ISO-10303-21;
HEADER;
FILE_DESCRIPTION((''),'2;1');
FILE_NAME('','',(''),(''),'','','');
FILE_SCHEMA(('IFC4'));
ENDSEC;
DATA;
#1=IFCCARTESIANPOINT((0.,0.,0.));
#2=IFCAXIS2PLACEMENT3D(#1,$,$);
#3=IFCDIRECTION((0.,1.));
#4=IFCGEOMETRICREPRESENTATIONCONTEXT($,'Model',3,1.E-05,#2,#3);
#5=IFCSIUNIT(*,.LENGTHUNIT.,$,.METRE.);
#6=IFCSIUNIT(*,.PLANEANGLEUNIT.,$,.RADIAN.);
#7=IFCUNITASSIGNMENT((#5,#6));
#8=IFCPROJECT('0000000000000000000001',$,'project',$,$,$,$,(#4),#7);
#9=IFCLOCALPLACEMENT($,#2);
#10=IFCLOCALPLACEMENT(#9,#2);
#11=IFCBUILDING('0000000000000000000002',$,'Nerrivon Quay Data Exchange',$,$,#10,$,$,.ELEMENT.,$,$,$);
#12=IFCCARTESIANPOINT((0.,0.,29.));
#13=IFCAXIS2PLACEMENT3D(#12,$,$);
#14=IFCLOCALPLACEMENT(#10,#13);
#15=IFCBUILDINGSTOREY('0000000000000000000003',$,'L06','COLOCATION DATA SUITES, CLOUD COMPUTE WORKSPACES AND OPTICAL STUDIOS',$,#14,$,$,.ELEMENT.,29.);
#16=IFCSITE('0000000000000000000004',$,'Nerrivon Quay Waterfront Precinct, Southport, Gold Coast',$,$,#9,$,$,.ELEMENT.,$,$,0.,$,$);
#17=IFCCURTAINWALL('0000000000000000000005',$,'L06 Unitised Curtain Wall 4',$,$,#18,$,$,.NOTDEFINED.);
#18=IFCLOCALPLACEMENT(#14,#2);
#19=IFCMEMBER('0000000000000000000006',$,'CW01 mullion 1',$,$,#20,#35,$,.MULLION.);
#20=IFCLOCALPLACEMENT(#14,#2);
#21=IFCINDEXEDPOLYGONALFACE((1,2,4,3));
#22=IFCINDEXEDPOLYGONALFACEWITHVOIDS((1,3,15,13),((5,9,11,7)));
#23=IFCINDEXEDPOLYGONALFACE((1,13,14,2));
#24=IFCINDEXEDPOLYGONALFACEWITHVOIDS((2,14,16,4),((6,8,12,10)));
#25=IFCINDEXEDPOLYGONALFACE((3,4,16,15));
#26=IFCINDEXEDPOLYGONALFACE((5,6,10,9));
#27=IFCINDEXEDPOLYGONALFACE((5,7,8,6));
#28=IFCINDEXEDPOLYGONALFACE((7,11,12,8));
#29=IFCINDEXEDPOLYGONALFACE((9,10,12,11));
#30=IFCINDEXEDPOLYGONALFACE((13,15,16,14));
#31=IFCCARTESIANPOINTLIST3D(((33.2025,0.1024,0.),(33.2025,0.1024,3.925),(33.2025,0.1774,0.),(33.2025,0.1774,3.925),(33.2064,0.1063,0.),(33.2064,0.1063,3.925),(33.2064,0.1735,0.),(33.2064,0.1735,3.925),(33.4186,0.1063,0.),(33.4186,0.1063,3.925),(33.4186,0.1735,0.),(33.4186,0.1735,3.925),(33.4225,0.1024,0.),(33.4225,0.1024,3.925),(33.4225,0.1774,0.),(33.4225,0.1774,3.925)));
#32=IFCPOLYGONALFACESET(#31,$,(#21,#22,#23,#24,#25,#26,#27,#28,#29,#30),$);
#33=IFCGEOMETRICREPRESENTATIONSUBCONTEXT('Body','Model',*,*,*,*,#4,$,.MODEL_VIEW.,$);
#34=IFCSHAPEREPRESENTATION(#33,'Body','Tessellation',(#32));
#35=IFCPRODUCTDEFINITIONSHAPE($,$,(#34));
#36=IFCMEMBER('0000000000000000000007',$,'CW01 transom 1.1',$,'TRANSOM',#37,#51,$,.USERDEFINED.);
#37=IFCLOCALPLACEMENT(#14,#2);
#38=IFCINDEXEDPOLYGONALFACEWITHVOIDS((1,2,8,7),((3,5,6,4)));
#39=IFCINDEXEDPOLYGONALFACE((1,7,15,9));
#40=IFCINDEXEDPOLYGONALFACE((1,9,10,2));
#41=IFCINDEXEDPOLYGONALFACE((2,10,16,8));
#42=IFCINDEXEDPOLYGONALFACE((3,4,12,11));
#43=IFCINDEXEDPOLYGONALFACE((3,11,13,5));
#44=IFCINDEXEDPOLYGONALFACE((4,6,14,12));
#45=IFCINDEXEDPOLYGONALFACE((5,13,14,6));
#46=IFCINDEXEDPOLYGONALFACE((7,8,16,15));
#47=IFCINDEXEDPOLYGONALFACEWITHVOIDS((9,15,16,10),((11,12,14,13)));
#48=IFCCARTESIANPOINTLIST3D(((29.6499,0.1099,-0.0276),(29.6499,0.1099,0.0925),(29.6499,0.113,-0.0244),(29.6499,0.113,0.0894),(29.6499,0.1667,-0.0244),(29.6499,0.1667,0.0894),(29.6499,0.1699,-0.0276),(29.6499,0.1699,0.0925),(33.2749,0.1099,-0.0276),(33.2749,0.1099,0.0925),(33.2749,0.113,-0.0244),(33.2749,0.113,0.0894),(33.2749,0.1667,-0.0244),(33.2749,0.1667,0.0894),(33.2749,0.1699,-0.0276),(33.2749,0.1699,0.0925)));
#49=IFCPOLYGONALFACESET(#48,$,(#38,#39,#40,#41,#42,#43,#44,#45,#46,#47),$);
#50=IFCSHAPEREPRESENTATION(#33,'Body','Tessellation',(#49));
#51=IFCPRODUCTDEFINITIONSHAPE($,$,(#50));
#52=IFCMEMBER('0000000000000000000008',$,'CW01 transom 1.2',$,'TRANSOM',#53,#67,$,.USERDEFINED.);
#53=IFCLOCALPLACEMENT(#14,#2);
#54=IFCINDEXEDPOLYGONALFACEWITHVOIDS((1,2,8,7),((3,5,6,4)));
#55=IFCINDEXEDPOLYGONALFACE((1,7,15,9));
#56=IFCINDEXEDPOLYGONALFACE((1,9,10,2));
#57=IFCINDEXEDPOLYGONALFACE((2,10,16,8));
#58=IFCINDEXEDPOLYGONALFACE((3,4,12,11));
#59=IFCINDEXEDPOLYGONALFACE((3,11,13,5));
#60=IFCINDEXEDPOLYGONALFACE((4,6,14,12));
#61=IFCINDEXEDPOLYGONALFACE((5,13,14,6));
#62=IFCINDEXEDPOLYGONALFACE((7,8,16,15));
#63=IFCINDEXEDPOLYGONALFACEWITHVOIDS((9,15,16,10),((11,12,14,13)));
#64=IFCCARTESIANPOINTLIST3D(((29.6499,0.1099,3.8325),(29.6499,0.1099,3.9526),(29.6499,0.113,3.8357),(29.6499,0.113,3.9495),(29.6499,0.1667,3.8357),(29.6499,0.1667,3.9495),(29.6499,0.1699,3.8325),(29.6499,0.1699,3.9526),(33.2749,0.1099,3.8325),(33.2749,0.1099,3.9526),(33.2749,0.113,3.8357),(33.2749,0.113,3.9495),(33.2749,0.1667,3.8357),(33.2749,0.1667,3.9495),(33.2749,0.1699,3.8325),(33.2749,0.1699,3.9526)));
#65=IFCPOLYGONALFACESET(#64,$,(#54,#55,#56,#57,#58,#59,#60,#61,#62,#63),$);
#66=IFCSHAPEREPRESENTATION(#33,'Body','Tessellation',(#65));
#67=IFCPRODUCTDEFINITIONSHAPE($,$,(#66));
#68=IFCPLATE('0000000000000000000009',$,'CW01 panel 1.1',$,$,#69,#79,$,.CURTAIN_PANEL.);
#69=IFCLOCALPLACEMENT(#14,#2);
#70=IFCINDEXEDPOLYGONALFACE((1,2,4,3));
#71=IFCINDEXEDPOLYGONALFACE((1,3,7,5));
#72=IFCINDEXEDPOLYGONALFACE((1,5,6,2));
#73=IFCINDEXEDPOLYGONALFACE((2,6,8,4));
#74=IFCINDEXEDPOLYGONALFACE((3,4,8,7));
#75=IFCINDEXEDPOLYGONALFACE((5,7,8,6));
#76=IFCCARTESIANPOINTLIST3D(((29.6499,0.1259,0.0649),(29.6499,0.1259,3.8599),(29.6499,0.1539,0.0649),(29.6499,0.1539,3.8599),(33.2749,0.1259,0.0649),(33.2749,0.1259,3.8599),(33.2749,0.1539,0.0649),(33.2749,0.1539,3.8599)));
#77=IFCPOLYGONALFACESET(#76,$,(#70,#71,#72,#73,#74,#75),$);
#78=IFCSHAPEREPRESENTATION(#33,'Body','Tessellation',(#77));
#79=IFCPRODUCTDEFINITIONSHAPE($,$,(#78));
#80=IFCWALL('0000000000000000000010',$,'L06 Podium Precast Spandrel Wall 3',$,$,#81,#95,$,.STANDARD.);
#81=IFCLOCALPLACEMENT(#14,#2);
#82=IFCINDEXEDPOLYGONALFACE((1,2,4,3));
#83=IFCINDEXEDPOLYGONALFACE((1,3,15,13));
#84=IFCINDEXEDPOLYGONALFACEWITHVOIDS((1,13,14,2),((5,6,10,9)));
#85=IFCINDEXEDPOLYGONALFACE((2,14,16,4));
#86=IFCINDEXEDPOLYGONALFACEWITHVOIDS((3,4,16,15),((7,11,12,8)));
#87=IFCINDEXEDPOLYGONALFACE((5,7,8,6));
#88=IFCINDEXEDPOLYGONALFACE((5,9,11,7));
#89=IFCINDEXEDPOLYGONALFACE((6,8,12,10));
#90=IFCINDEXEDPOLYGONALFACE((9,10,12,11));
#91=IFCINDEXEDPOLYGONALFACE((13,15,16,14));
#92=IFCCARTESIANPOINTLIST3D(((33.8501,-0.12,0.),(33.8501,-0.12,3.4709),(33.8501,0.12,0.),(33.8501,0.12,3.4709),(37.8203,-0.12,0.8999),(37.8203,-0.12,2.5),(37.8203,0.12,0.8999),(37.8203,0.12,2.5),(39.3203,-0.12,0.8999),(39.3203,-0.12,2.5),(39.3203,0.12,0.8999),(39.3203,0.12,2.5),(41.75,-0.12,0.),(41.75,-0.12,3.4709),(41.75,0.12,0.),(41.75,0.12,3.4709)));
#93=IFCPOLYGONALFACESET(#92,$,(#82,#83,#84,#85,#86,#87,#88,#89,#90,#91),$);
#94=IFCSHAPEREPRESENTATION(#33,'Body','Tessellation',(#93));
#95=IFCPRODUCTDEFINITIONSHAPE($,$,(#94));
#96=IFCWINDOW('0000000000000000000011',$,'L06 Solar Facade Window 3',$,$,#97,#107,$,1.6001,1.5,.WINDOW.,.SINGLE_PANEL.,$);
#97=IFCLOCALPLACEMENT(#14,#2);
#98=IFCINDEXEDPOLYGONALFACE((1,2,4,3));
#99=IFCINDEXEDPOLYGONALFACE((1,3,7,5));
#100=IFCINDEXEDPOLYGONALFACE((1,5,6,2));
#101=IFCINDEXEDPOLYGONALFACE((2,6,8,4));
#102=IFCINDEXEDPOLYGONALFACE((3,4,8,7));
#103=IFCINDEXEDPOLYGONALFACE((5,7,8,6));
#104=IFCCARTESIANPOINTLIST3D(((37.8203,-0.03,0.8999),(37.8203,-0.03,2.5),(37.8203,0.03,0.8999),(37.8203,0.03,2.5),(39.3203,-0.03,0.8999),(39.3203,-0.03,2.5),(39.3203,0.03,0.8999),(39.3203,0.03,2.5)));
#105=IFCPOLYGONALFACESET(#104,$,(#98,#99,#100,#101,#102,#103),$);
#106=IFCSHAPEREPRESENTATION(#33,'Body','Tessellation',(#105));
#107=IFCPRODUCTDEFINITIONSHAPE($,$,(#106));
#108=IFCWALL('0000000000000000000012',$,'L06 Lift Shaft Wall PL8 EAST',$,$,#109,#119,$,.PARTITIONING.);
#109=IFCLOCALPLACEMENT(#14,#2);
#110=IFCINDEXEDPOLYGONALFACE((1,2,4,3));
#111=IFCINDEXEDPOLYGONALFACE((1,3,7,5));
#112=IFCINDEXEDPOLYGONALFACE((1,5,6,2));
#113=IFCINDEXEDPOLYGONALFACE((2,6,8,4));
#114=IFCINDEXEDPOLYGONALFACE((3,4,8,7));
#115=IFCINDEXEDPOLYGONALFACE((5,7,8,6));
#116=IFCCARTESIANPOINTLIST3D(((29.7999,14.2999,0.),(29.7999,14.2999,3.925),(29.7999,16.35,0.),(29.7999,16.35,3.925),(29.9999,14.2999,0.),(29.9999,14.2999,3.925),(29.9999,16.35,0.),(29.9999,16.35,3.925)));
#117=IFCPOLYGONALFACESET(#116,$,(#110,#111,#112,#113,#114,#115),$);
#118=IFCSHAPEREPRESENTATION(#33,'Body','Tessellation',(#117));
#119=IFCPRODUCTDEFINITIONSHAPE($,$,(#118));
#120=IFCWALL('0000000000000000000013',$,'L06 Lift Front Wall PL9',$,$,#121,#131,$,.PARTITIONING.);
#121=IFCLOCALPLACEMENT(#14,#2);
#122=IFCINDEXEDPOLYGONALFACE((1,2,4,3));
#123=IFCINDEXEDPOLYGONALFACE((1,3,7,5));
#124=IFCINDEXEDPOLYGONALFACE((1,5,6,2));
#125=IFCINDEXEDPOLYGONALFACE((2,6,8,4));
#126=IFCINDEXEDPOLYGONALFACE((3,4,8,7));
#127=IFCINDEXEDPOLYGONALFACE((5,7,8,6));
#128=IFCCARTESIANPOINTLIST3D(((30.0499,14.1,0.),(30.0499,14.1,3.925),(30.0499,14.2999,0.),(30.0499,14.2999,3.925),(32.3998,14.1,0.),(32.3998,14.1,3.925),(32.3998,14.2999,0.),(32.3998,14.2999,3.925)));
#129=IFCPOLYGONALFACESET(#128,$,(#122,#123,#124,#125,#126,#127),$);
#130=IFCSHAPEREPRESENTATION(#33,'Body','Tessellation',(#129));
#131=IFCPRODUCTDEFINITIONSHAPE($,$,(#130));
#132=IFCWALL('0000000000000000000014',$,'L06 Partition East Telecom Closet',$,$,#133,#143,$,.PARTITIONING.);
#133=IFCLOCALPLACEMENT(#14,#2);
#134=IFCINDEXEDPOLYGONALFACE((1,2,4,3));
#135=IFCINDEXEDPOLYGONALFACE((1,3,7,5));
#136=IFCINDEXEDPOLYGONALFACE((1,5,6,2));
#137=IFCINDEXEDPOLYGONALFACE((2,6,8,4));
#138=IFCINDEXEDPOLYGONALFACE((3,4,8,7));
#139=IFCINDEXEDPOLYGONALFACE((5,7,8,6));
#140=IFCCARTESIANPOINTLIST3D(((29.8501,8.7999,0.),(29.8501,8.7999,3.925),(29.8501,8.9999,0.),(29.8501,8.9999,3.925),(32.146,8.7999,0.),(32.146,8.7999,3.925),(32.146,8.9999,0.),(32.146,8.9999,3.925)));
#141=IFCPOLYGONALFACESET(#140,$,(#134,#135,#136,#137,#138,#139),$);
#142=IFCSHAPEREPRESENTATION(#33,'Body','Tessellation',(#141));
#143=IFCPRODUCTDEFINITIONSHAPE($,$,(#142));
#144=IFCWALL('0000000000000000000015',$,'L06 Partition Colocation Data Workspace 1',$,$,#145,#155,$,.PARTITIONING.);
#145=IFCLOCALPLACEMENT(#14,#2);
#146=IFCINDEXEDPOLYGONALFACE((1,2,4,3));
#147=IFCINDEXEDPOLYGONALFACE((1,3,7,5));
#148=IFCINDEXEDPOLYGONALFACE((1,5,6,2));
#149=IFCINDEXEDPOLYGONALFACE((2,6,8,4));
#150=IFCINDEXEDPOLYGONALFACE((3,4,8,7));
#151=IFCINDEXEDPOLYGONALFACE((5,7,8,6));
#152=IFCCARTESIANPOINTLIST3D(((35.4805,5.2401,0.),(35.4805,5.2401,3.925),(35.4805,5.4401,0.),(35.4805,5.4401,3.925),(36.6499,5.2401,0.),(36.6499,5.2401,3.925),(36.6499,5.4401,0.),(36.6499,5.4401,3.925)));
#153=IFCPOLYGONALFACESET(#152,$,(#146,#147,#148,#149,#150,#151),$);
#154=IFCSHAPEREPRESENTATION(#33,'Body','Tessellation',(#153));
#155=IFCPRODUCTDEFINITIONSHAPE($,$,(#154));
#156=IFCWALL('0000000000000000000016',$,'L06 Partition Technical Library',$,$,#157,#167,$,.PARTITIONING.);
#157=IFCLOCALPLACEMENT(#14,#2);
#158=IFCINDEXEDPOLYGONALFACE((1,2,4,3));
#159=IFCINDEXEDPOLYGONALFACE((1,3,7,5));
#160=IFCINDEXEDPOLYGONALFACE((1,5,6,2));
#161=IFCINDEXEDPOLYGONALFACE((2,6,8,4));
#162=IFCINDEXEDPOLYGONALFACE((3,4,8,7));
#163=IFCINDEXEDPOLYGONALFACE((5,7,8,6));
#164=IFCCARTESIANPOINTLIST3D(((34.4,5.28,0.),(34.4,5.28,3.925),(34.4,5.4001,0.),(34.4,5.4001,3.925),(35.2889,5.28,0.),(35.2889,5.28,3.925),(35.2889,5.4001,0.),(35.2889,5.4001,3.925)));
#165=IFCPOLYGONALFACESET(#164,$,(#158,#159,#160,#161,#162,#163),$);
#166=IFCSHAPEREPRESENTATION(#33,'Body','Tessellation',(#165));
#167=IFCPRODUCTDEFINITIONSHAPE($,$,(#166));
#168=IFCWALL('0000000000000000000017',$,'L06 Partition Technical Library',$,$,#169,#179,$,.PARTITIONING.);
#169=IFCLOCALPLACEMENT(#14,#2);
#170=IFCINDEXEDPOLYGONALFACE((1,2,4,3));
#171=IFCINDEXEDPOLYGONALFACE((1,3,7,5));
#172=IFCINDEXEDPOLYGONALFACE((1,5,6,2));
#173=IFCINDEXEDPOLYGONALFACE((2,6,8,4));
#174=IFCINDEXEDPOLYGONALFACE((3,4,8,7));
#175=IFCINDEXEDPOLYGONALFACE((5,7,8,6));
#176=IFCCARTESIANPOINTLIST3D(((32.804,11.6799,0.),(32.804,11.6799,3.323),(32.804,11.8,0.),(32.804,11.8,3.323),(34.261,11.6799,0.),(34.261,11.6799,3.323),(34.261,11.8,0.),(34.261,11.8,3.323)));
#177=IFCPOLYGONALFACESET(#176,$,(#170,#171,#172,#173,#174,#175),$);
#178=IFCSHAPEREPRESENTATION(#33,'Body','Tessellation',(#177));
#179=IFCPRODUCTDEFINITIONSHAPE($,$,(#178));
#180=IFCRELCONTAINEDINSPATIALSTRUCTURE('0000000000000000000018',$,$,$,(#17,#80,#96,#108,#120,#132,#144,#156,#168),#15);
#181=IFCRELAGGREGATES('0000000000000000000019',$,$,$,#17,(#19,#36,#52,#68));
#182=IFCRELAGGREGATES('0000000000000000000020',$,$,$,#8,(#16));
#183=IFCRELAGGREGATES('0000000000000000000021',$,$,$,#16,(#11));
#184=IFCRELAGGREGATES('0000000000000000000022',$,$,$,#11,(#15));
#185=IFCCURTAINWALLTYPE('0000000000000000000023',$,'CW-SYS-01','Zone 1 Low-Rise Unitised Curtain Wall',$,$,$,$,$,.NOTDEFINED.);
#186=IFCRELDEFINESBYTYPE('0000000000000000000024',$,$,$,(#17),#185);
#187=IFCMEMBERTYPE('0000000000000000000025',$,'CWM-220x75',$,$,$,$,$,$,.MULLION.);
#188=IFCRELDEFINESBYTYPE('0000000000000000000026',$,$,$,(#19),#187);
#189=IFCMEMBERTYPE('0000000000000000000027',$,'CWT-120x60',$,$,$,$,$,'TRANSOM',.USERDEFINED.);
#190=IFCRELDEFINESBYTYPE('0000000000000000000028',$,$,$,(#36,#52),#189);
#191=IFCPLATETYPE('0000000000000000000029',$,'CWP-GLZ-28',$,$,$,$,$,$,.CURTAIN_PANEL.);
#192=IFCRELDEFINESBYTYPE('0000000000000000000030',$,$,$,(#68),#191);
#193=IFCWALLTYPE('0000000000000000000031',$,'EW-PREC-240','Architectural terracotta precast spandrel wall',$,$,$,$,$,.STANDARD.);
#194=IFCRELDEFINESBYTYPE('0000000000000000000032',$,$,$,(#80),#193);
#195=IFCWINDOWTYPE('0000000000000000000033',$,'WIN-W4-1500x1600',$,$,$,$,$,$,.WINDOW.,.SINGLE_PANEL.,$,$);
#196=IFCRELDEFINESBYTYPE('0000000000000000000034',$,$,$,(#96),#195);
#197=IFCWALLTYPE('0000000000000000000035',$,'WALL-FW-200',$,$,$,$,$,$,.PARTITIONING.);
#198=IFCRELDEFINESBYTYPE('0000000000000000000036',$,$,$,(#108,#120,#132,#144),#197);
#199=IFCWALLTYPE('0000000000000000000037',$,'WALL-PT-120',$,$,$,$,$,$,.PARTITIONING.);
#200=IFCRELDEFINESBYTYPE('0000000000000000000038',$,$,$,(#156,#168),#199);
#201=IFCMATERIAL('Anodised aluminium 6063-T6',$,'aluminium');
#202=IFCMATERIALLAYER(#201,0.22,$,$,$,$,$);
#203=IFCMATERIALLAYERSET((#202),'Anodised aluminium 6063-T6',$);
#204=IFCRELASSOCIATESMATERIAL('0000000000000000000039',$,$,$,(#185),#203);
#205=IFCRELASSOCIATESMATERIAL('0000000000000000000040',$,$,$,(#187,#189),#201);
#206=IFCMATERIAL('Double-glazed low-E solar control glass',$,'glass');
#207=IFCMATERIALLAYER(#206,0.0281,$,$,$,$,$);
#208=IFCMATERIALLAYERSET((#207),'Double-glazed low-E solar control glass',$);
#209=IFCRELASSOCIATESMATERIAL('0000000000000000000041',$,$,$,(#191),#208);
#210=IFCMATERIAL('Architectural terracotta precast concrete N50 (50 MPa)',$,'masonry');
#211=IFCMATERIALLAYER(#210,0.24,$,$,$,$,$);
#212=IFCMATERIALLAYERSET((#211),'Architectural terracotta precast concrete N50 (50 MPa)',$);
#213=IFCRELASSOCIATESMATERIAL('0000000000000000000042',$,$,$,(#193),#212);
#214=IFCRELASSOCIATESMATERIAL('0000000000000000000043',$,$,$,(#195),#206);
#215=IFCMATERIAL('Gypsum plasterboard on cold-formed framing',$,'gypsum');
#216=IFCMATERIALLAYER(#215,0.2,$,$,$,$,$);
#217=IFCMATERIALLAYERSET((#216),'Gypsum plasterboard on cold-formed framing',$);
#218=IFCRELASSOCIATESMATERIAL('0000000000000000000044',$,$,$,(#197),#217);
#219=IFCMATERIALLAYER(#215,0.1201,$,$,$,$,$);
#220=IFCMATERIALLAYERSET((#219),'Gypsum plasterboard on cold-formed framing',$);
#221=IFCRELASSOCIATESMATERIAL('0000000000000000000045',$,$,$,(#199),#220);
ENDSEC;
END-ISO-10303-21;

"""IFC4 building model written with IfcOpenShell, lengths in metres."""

from ifc_helpers import new_model, si_unit, direction, frame, frame_2d, origin, origin_2d, place, context, subcontext, project, spatial, rectangle, hollow_rectangle, extrude, material, layer, layer_set, material_profile, profile_set, type_object, element, fill, aggregate, save


model = new_model("IFC4")

# Units and contexts
model_context = context("Model", 3, precision=1e-05, world=origin(), true_north=direction((0.0, 1.0)))
body_context = subcontext(model_context, "Body", "Model", "MODEL_VIEW")
ifc_project = project(units=[si_unit("LENGTHUNIT", "METRE"), si_unit("PLANEANGLEUNIT", "RADIAN")], contexts=[model_context])

# Site, building, storey
site_placement = place(None, origin())
site = spatial("IfcSite", under=ifc_project, at=site_placement, Name="Nerrivon Quay Waterfront Precinct, Southport, Gold Coast", CompositionType="ELEMENT", RefElevation=0.0)
building_placement = place(site_placement, origin())
building = spatial("IfcBuilding", under=site, at=building_placement, Name="Nerrivon Quay Data Exchange", CompositionType="ELEMENT")
storey_placement = place(building_placement, frame((0.0, 0.0, 29.0)))
storey = spatial("IfcBuildingStorey", under=building, at=storey_placement, Name="L06", Description="COLOCATION DATA SUITES, CLOUD COMPUTE WORKSPACES AND OPTICAL STUDIOS", CompositionType="ELEMENT", Elevation=29.0)

# Curtain wall, members, plate
ifc_material_1 = material(Name="Anodised aluminium 6063-T6", Category="aluminium")
ifc_layer_1 = layer(ifc_material_1, 0.22)
ifc_layer_set_1 = layer_set([ifc_layer_1], Name="Anodised aluminium 6063-T6")
curtain_wall_type = type_object("IfcCurtainWallType", Name="CW-SYS-01", Description="Zone 1 Low-Rise Unitised Curtain Wall", PredefinedType="NOTDEFINED", material=ifc_layer_set_1)
curtain_wall_placement = place(storey_placement, origin())
curtain_wall = element("IfcCurtainWall", 1, at=curtain_wall_placement, inside=storey, type_object=curtain_wall_type, Name="L06 Unitised Curtain Wall 4", PredefinedType="NOTDEFINED")
ifc_material_profile_1 = material_profile(ifc_material_1, hollow_rectangle(XDim=0.075, YDim=0.22, WallThickness=0.0039, at=origin_2d()), Name="ALU-MULL-220x75")
ifc_profile_set_1 = profile_set([ifc_material_profile_1], Name="Anodised aluminium 6063-T6")
member_type_1 = type_object("IfcMemberType", Name="CWM-220x75", PredefinedType="MULLION", material=ifc_profile_set_1)
member_1_placement = place(storey_placement, frame((33.3125, 0.1399, 0.0), z_axis=(0.0, 0.0, 1.0), x_axis=(0.0, -1.0, 0.0)))
member_1 = element("IfcMember", 2, at=member_1_placement, type_object=member_type_1, Name="CW01 mullion 1", PredefinedType="MULLION", context=body_context, shape_type="SweptSolid", body=[
    extrude(hollow_rectangle(XDim=0.075, YDim=0.22, WallThickness=0.0039, at=origin_2d()), origin(), (0.0, 0.0, 1.0), 3.925),
])
ifc_material_profile_2 = material_profile(ifc_material_1, hollow_rectangle(XDim=0.0601, YDim=0.1201, WallThickness=0.0032, at=origin_2d()), Name="ALU-TRAN-120x60")
ifc_profile_set_2 = profile_set([ifc_material_profile_2], Name="Anodised aluminium 6063-T6")
member_type_2 = type_object("IfcMemberType", Name="CWT-120x60", ElementType="TRANSOM", PredefinedType="USERDEFINED", material=ifc_profile_set_2)
member_2_placement = place(storey_placement, frame((33.2749, 0.1399, 0.0325), z_axis=(-1.0, 0.0, 0.0), x_axis=(0.0, -1.0, 0.0)))
member_2 = element("IfcMember", 3, at=member_2_placement, type_object=member_type_2, Name="CW01 transom 1.1", ObjectType="TRANSOM", PredefinedType="USERDEFINED", context=body_context, shape_type="SweptSolid", body=[
    extrude(hollow_rectangle(XDim=0.0601, YDim=0.1201, WallThickness=0.0032, at=origin_2d()), origin(), (0.0, 0.0, 1.0), 3.625),
])
member_3_placement = place(storey_placement, frame((33.2749, 0.1399, 3.8926), z_axis=(-1.0, 0.0, 0.0), x_axis=(0.0, -1.0, 0.0)))
member_3 = element("IfcMember", 4, at=member_3_placement, type_object=member_type_2, Name="CW01 transom 1.2", ObjectType="TRANSOM", PredefinedType="USERDEFINED", context=body_context, shape_type="SweptSolid", body=[
    extrude(hollow_rectangle(XDim=0.0601, YDim=0.1201, WallThickness=0.0032, at=origin_2d()), origin(), (0.0, 0.0, 1.0), 3.625),
])
ifc_material_2 = material(Name="Double-glazed low-E solar control glass", Category="glass")
ifc_layer_2 = layer(ifc_material_2, 0.0281)
ifc_layer_set_2 = layer_set([ifc_layer_2], Name="Double-glazed low-E solar control glass")
plate_type = type_object("IfcPlateType", Name="CWP-GLZ-28", PredefinedType="CURTAIN_PANEL", material=ifc_layer_set_2)
plate_placement = place(storey_placement, frame((31.4624, 0.1399, 0.0649), z_axis=(0.0, 0.0, 1.0), x_axis=(-1.0, 0.0, 0.0)))
plate = element("IfcPlate", 5, at=plate_placement, type_object=plate_type, Name="CW01 panel 1.1", PredefinedType="CURTAIN_PANEL", context=body_context, shape_type="SweptSolid", body=[
    extrude(rectangle(XDim=3.625, YDim=0.0281, at=origin_2d()), origin(), (0.0, 0.0, 1.0), 3.7949),
])
aggregate(curtain_wall, [member_1, member_2, member_3, plate])

# Wall, opening, window
ifc_material_3 = material(Name="Architectural terracotta precast concrete N50 (50 MPa)", Category="masonry")
ifc_layer_3 = layer(ifc_material_3, 0.24)
ifc_layer_set_3 = layer_set([ifc_layer_3], Name="Architectural terracotta precast concrete N50 (50 MPa)")
wall_type_1 = type_object("IfcWallType", Name="EW-PREC-240", Description="Architectural terracotta precast spandrel wall", PredefinedType="STANDARD", material=ifc_layer_set_3)
wall_1_placement = place(storey_placement, frame((41.75, 0.0, 0.0), z_axis=(0.0, 0.0, 1.0), x_axis=(-1.0, 0.0, 0.0)))
wall_1 = element("IfcWall", 6, at=wall_1_placement, inside=storey, type_object=wall_type_1, Name="L06 Podium Precast Spandrel Wall 3", PredefinedType="STANDARD", context=body_context, shape_type="SweptSolid", body=[
    extrude(rectangle(XDim=7.8999, YDim=0.24, at=frame_2d((3.95, 0.0))), origin(), (0.0, 0.0, 1.0), 3.4709),
])
opening_1_placement = place(wall_1_placement, frame((2.4297, 0.0, 0.8999)))
opening_1 = element("IfcOpeningElement", 7, at=opening_1_placement, cuts=wall_1, PredefinedType="OPENING", context=body_context, shape_type="SweptSolid", body=[
    extrude(rectangle(XDim=1.5, YDim=1.6001, at=frame_2d((0.75, 0.8))), frame((0.0, 0.1299, 0.0), z_axis=(0.0, -1.0, 0.0), x_axis=(1.0, 0.0, 0.0)), (0.0, 0.0, 1.0), 0.26),
])
window_type = type_object("IfcWindowType", Name="WIN-W4-1500x1600", PartitioningType="SINGLE_PANEL", PredefinedType="WINDOW", material=ifc_material_2)
window_placement = place(opening_1_placement, origin())
window = element("IfcWindow", 8, at=window_placement, inside=storey, type_object=window_type, Name="L06 Solar Facade Window 3", OverallHeight=1.6001, OverallWidth=1.5, PartitioningType="SINGLE_PANEL", PredefinedType="WINDOW", context=body_context, shape_type="SweptSolid", body=[
    extrude(rectangle(XDim=1.5, YDim=1.6001, at=frame_2d((0.75, 0.8))), frame((0.0, 0.03, 0.0), z_axis=(0.0, -1.0, 0.0), x_axis=(1.0, 0.0, 0.0)), (0.0, 0.0, 1.0), 0.0601),
])
fill(opening_1, window)

# Walls
ifc_material_4 = material(Name="Gypsum plasterboard on cold-formed framing", Category="gypsum")
ifc_layer_4 = layer(ifc_material_4, 0.2)
ifc_layer_set_4 = layer_set([ifc_layer_4], Name="Gypsum plasterboard on cold-formed framing")
wall_type_2 = type_object("IfcWallType", Name="WALL-FW-200", PredefinedType="PARTITIONING", material=ifc_layer_set_4)
wall_2_placement = place(storey_placement, frame((29.8999, 14.3, 0.0), z_axis=(0.0, 0.0, 1.0), x_axis=(0.0, 1.0, 0.0)))
element("IfcWall", 9, at=wall_2_placement, inside=storey, type_object=wall_type_2, Name="L06 Lift Shaft Wall PL8 EAST", PredefinedType="PARTITIONING", context=body_context, shape_type="SweptSolid", body=[
    extrude(rectangle(XDim=2.05, YDim=0.2, at=frame_2d((1.0249, 0.0))), origin(), (0.0, 0.0, 1.0), 3.925),
])
wall_3_placement = place(storey_placement, frame((30.05, 14.2, 0.0), z_axis=(0.0, 0.0, 1.0), x_axis=(1.0, 0.0, 0.0)))
element("IfcWall", 10, at=wall_3_placement, inside=storey, type_object=wall_type_2, Name="L06 Lift Front Wall PL9", PredefinedType="PARTITIONING", context=body_context, shape_type="SweptSolid", body=[
    extrude(rectangle(XDim=2.3499, YDim=0.2, at=frame_2d((1.1748, 0.0))), origin(), (0.0, 0.0, 1.0), 3.925),
])

# Walls
wall_4_placement = place(storey_placement, frame((29.8501, 8.8999, 0.0), z_axis=(0.0, 0.0, 1.0), x_axis=(1.0, 0.0, 0.0)))
element("IfcWall", 11, at=wall_4_placement, inside=storey, type_object=wall_type_2, Name="L06 Partition East Telecom Closet", PredefinedType="PARTITIONING", context=body_context, shape_type="SweptSolid", body=[
    extrude(rectangle(XDim=2.2959, YDim=0.2, at=frame_2d((1.1479, 0.0))), origin(), (0.0, 0.0, 1.0), 3.925),
])
wall_5_placement = place(storey_placement, frame((36.6499, 5.3401, 0.0), z_axis=(0.0, 0.0, 1.0), x_axis=(-1.0, 0.0, 0.0)))
element("IfcWall", 12, at=wall_5_placement, inside=storey, type_object=wall_type_2, Name="L06 Partition Colocation Data Workspace 1", PredefinedType="PARTITIONING", context=body_context, shape_type="SweptSolid", body=[
    extrude(rectangle(XDim=1.1694, YDim=0.2, at=frame_2d((0.5847, 0.0))), origin(), (0.0, 0.0, 1.0), 3.925),
])
ifc_layer_5 = layer(ifc_material_4, 0.1201)
ifc_layer_set_5 = layer_set([ifc_layer_5], Name="Gypsum plasterboard on cold-formed framing")
wall_type_3 = type_object("IfcWallType", Name="WALL-PT-120", PredefinedType="PARTITIONING", material=ifc_layer_set_5)
wall_6_placement = place(storey_placement, frame((35.2888, 5.3401, 0.0), z_axis=(0.0, 0.0, 1.0), x_axis=(-1.0, 0.0, 0.0)))
element("IfcWall", 13, at=wall_6_placement, inside=storey, type_object=wall_type_3, Name="L06 Partition Technical Library", PredefinedType="PARTITIONING", context=body_context, shape_type="SweptSolid", body=[
    extrude(rectangle(XDim=0.8889, YDim=0.1201, at=frame_2d((0.4443, 0.0))), origin(), (0.0, 0.0, 1.0), 3.925),
])
wall_7_placement = place(storey_placement, frame((34.261, 11.74, 0.0), z_axis=(0.0, 0.0, 1.0), x_axis=(-1.0, 0.0, 0.0)))
element("IfcWall", 14, at=wall_7_placement, inside=storey, type_object=wall_type_3, Name="L06 Partition Technical Library", PredefinedType="PARTITIONING", context=body_context, shape_type="SweptSolid", body=[
    extrude(rectangle(XDim=1.457, YDim=0.1201, at=frame_2d((0.7285, 0.0))), origin(), (0.0, 0.0, 1.0), 3.323),
])

save(model, "model.ifc")
